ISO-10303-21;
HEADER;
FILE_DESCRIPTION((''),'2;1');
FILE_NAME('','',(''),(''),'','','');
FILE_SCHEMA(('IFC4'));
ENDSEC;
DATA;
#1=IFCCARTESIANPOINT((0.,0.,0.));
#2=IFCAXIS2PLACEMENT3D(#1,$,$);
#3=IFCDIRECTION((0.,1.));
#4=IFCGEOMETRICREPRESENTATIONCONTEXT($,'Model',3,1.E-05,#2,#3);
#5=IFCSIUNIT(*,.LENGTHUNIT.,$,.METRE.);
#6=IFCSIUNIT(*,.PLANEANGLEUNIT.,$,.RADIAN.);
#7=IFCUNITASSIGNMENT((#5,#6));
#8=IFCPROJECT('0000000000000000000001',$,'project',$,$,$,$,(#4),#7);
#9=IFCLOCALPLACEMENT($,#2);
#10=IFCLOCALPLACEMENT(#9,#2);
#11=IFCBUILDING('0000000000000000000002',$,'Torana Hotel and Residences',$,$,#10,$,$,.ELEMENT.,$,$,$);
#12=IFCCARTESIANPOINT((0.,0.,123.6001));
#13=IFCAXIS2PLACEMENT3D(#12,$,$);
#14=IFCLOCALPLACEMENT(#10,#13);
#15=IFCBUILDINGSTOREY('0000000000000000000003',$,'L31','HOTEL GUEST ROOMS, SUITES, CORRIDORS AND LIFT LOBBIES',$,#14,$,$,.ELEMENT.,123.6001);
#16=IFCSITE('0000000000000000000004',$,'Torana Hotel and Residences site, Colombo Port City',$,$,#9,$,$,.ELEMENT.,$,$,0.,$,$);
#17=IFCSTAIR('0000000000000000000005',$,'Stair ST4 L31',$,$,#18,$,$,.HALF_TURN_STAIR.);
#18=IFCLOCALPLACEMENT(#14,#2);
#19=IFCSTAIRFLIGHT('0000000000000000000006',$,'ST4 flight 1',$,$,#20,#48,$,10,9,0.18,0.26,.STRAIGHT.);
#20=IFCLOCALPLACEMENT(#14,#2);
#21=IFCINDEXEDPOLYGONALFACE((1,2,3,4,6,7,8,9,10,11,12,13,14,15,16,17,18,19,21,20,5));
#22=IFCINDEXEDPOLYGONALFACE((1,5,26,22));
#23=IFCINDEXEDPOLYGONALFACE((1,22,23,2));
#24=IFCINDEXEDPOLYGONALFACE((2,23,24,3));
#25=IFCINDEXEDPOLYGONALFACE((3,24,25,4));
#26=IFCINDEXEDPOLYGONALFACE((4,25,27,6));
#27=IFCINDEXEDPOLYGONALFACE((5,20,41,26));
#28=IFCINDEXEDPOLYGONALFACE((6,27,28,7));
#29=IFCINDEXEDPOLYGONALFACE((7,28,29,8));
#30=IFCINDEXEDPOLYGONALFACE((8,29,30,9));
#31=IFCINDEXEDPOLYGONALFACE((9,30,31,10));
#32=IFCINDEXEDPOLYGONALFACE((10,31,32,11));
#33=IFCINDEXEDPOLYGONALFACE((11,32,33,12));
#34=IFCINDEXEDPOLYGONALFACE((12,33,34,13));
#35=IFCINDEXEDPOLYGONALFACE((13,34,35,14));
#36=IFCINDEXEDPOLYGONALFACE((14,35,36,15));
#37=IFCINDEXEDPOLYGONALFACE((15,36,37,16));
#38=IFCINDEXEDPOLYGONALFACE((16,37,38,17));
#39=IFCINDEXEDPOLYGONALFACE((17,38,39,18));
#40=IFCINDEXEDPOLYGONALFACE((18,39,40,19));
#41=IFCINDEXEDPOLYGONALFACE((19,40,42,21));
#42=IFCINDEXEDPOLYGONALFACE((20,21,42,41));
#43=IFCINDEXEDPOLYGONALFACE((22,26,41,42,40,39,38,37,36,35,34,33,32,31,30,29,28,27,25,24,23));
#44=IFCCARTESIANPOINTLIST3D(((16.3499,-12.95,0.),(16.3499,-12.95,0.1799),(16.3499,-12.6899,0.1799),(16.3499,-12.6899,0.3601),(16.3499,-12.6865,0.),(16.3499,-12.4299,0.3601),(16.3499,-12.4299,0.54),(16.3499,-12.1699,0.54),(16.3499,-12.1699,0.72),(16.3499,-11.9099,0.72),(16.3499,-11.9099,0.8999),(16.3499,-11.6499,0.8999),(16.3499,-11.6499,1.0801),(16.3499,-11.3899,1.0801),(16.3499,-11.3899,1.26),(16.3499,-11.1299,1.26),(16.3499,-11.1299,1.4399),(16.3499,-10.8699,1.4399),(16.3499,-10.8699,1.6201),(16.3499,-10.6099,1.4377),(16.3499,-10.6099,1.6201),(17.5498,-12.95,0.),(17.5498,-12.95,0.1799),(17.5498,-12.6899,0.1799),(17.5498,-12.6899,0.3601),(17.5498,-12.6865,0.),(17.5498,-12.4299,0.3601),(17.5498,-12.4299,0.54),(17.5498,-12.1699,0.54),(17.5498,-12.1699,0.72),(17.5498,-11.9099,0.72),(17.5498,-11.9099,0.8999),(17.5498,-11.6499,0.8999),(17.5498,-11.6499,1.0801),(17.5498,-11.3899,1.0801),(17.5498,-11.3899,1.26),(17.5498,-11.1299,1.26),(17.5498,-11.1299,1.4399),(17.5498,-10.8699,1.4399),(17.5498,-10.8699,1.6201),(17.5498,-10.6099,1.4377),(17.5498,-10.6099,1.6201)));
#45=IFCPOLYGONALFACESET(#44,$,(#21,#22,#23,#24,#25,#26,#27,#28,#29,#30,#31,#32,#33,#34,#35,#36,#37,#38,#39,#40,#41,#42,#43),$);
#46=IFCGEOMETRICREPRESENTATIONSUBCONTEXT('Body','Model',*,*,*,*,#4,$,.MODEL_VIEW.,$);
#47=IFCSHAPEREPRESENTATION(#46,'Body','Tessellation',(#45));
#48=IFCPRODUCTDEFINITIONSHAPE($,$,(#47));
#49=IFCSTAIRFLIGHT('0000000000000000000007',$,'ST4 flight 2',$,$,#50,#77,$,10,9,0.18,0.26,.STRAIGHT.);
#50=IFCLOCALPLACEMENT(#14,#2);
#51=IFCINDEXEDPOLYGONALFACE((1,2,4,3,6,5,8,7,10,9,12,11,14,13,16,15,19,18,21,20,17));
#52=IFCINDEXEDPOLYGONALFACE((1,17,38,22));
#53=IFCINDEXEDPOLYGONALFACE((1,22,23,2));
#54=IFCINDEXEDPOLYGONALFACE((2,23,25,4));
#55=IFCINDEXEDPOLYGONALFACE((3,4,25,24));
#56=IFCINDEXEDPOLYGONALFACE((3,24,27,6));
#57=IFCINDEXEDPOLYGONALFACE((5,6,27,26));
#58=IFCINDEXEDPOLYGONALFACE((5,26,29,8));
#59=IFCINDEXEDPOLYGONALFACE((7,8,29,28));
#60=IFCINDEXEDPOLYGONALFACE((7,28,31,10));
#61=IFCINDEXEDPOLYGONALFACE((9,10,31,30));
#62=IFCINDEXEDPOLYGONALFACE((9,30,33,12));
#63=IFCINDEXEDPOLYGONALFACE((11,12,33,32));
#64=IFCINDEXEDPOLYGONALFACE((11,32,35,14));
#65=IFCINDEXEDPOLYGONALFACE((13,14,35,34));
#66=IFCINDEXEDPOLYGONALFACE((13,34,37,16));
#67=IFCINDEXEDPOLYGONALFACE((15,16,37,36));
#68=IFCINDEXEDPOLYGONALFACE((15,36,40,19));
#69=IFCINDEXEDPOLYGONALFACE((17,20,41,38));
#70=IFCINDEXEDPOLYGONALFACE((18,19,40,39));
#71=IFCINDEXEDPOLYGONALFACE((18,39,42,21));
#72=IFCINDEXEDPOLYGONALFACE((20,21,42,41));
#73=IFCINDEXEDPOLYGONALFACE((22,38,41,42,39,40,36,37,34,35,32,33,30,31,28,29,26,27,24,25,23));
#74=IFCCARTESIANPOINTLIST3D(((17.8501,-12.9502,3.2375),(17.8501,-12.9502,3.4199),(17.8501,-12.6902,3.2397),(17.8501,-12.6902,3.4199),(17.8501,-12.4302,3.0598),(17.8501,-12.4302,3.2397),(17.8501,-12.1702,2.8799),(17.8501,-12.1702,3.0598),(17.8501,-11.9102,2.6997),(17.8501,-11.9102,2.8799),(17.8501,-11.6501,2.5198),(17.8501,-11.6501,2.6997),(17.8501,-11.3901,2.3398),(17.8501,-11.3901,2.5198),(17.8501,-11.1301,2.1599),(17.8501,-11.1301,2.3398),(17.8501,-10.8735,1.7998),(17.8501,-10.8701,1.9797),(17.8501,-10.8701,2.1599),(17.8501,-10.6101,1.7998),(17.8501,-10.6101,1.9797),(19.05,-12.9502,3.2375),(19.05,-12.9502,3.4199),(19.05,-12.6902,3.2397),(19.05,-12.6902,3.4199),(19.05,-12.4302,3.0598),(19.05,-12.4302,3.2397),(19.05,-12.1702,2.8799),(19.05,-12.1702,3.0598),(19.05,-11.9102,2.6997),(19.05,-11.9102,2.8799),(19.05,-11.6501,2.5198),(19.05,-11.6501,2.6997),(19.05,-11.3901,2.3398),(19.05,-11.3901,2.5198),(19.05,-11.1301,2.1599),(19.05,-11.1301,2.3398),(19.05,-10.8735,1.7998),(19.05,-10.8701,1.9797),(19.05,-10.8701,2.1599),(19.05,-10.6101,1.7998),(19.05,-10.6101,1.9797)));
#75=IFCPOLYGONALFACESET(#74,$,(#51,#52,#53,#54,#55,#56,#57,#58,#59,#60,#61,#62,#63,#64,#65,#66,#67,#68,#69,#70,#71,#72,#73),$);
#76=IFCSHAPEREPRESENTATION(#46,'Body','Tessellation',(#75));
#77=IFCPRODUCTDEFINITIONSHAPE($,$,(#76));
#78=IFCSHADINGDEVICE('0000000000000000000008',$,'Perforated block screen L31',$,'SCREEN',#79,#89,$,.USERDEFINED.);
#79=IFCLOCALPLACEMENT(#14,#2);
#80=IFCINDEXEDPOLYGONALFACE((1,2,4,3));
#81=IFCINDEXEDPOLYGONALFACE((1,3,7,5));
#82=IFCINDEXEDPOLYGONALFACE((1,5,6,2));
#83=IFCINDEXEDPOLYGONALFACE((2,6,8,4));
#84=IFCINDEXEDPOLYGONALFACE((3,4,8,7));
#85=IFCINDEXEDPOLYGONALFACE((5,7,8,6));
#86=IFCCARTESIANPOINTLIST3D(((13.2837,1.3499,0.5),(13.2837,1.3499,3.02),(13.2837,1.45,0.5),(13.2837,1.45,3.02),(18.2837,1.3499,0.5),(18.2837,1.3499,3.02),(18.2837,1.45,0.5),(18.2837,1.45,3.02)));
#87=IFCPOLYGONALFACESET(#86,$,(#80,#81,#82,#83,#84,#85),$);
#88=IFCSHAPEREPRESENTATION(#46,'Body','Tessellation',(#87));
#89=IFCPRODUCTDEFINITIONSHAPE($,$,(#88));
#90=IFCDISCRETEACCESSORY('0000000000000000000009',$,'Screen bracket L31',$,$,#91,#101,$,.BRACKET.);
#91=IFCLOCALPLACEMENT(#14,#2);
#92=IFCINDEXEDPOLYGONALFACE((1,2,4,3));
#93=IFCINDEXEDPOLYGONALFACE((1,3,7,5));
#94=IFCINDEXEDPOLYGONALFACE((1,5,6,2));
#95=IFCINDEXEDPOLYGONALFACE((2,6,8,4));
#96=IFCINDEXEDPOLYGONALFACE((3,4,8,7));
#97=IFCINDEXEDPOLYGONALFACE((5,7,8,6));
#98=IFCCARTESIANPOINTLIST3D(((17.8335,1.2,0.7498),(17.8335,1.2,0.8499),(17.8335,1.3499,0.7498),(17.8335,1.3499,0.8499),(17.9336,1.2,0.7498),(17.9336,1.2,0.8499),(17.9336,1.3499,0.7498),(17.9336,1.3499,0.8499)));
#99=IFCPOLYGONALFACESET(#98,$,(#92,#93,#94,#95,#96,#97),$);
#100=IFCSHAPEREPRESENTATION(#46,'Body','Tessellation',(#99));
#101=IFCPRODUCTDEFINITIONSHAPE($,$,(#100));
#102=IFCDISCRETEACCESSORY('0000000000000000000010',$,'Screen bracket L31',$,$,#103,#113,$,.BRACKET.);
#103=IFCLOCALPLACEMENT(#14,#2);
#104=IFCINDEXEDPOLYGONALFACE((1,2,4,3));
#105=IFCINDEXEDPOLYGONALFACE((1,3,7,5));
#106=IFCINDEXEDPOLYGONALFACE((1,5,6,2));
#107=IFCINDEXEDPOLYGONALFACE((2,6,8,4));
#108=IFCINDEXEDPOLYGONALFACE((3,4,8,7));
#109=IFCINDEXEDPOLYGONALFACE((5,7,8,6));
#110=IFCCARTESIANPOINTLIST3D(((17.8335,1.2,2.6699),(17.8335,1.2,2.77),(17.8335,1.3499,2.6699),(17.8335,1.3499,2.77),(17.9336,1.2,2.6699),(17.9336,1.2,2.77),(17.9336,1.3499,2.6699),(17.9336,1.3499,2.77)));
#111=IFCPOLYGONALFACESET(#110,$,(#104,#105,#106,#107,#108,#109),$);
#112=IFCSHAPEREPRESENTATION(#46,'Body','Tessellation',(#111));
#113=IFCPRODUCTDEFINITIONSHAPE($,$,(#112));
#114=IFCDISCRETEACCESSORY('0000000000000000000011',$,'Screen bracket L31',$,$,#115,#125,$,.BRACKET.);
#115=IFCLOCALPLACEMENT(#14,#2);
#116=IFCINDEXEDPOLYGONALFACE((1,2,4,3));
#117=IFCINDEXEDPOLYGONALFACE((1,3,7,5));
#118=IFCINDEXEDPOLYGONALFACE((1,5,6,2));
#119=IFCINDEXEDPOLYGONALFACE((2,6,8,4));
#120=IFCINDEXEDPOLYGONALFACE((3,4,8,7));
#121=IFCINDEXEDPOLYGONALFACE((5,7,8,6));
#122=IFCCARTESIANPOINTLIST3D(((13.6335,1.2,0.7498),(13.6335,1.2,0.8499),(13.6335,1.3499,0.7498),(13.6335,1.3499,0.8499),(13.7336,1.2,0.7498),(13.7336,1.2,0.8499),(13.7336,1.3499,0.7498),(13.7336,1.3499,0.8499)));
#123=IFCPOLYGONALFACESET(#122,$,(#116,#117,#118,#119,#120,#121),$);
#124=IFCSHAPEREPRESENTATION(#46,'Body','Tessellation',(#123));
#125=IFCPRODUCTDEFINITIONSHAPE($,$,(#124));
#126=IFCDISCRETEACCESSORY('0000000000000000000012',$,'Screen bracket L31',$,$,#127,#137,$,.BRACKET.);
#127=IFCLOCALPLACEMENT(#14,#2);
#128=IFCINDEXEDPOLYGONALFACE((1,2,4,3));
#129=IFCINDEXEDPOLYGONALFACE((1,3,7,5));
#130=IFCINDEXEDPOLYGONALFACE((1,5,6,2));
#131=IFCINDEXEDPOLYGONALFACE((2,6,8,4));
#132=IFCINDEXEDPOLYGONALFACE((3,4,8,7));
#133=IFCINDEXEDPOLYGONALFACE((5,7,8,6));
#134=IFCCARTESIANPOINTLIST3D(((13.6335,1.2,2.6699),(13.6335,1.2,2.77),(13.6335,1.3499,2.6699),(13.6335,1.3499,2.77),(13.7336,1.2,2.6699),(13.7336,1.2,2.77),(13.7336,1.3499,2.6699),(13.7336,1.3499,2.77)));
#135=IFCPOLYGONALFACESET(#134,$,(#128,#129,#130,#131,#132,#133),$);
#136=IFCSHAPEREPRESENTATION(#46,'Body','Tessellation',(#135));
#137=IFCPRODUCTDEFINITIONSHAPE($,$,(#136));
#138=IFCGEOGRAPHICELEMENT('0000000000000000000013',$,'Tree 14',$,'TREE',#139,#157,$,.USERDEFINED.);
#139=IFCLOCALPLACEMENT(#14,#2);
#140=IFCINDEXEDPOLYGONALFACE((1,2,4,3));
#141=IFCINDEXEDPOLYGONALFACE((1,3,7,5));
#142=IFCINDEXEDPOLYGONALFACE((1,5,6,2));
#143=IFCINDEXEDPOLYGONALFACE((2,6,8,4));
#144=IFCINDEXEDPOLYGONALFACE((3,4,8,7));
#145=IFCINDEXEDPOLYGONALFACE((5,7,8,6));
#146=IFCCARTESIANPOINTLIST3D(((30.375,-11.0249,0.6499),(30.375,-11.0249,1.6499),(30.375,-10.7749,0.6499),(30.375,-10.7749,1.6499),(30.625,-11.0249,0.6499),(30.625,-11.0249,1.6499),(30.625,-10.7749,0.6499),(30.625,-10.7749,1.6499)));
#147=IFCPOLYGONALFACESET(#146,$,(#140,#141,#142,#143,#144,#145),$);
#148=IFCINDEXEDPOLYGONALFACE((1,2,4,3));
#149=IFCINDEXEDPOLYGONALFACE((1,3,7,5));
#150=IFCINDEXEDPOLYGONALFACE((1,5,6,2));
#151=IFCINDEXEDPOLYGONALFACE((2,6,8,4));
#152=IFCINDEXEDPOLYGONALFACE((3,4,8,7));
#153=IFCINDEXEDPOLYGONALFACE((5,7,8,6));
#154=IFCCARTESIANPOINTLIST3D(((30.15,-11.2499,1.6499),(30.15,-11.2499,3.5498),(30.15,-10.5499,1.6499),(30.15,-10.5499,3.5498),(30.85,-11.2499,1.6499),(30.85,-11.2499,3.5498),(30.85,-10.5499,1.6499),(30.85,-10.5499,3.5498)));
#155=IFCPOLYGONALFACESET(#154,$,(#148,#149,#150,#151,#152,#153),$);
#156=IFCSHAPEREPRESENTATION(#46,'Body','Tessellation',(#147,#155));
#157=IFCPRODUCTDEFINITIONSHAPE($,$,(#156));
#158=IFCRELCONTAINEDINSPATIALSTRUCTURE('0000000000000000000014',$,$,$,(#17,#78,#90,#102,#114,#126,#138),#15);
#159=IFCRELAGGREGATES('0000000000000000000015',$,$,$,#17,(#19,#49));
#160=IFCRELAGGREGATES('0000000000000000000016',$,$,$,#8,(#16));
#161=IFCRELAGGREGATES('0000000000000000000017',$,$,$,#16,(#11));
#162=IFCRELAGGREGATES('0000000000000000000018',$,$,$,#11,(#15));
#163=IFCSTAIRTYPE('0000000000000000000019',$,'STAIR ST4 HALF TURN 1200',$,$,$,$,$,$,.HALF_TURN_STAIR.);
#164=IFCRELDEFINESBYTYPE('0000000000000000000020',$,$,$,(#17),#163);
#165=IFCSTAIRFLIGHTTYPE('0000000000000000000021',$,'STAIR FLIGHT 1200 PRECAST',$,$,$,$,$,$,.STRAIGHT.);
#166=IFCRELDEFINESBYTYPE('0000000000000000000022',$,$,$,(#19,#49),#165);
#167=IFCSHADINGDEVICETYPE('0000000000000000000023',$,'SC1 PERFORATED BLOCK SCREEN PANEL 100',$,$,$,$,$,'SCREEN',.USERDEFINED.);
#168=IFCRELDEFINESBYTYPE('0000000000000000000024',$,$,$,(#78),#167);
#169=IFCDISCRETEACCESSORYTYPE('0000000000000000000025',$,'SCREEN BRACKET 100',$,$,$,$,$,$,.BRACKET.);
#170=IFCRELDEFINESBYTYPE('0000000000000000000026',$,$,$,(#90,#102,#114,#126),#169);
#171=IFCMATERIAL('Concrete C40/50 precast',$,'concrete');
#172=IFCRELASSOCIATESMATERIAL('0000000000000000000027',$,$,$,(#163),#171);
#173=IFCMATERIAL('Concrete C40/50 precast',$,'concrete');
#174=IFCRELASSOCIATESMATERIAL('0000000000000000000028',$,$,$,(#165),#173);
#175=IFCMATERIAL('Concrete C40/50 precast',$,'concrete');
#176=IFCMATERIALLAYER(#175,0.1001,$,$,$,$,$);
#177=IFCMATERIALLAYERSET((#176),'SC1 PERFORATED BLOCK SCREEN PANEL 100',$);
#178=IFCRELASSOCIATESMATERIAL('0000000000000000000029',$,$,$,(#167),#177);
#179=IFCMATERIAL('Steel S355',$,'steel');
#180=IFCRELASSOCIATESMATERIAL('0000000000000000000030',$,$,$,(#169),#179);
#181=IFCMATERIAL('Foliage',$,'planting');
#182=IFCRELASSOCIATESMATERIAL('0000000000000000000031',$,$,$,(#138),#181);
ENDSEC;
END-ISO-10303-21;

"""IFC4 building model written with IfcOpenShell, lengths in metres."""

from ifc_helpers import new_model, si_unit, direction, frame, origin, origin_2d, place, context, subcontext, project, spatial, polyline, rectangle, outline, extrude, material, layer, layer_set, type_object, element, aggregate, save


model = new_model("IFC4")

# Units and contexts
model_context = context("Model", 3, precision=1e-05, world=origin(), true_north=direction((0.0, 1.0)))
body_context = subcontext(model_context, "Body", "Model", "MODEL_VIEW")
ifc_project = project(units=[si_unit("LENGTHUNIT", "METRE"), si_unit("PLANEANGLEUNIT", "RADIAN")], contexts=[model_context])

# Site, building, storey
site_placement = place(None, origin())
site = spatial("IfcSite", under=ifc_project, at=site_placement, Name="Torana Hotel and Residences site, Colombo Port City", CompositionType="ELEMENT", RefElevation=0.0)
building_placement = place(site_placement, origin())
building = spatial("IfcBuilding", under=site, at=building_placement, Name="Torana Hotel and Residences", CompositionType="ELEMENT")
storey_placement = place(building_placement, frame((0.0, 0.0, 123.6001)))
storey = spatial("IfcBuildingStorey", under=building, at=storey_placement, Name="L31", Description="HOTEL GUEST ROOMS, SUITES, CORRIDORS AND LIFT LOBBIES", CompositionType="ELEMENT", Elevation=123.6001)

# Stair, stair flights
ifc_material_1 = material(Name="Concrete C40/50 precast", Category="concrete")
stair_type = type_object("IfcStairType", Name="STAIR ST4 HALF TURN 1200", PredefinedType="HALF_TURN_STAIR", material=ifc_material_1)
stair_placement = place(storey_placement, origin())
stair = element("IfcStair", 1, at=stair_placement, inside=storey, type_object=stair_type, Name="Stair ST4 L31", PredefinedType="HALF_TURN_STAIR")
ifc_material_2 = material(Name="Concrete C40/50 precast", Category="concrete")
stair_flight_type = type_object("IfcStairFlightType", Name="STAIR FLIGHT 1200 PRECAST", PredefinedType="STRAIGHT", material=ifc_material_2)
stair_flight_1_placement = place(storey_placement, frame((16.95, -12.95, 0.0), z_axis=(0.0, 0.0, 1.0), x_axis=(0.0, 1.0, 0.0)))
stair_flight_1 = element("IfcStairFlight", 2, at=stair_flight_1_placement, type_object=stair_flight_type, Name="ST4 flight 1", NumberOfRisers=10, NumberOfTreads=9, PredefinedType="STRAIGHT", RiserHeight=0.18, TreadLength=0.26, context=body_context, shape_type="SweptSolid", body=[
    extrude(outline(polyline([(0.0, 0.0), (0.0, 0.1799), (0.26, 0.1799), (0.26, 0.3601), (0.52, 0.3601), (0.52, 0.54), (0.78, 0.54), (0.78, 0.72), (1.04, 0.72), (1.04, 0.8999), (1.3, 0.8999), (1.3, 1.0801), (1.5601, 1.0801), (1.5601, 1.26), (1.8201, 1.26), (1.8201, 1.4399), (2.0801, 1.4399), (2.0801, 1.6201), (2.3401, 1.6201), (2.3401, 1.8), (2.3401, 1.4377), (0.2634, 0.0), (0.0, 0.0)])), frame((0.0, 0.6001, 0.0), z_axis=(0.0, -1.0, 0.0), x_axis=(1.0, 0.0, 0.0)), (0.0, 0.0, 1.0), 1.2),
])
stair_flight_2_placement = place(storey_placement, frame((18.45, -10.6101, 1.7998), z_axis=(0.0, 0.0, 1.0), x_axis=(0.0, -1.0, 0.0)))
stair_flight_2 = element("IfcStairFlight", 3, at=stair_flight_2_placement, type_object=stair_flight_type, Name="ST4 flight 2", NumberOfRisers=10, NumberOfTreads=9, PredefinedType="STRAIGHT", RiserHeight=0.18, TreadLength=0.26, context=body_context, shape_type="SweptSolid", body=[
    extrude(outline(polyline([(0.0, 0.0), (0.0, 0.1799), (0.26, 0.1799), (0.26, 0.3601), (0.52, 0.3601), (0.52, 0.54), (0.78, 0.54), (0.78, 0.72), (1.04, 0.72), (1.04, 0.8999), (1.3, 0.8999), (1.3, 1.0801), (1.5601, 1.0801), (1.5601, 1.26), (1.8201, 1.26), (1.8201, 1.4399), (2.0801, 1.4399), (2.0801, 1.6201), (2.3401, 1.6201), (2.3401, 1.8), (2.3401, 1.4377), (0.2634, 0.0), (0.0, 0.0)])), frame((0.0, 0.6001, 0.0), z_axis=(0.0, -1.0, 0.0), x_axis=(1.0, 0.0, 0.0)), (0.0, 0.0, 1.0), 1.2),
])
aggregate(stair, [stair_flight_1, stair_flight_2])

# Shading device
ifc_material_3 = material(Name="Concrete C40/50 precast", Category="concrete")
ifc_layer_1 = layer(ifc_material_3, 0.1001)
ifc_layer_set_1 = layer_set([ifc_layer_1], Name="SC1 PERFORATED BLOCK SCREEN PANEL 100")
shading_device_type = type_object("IfcShadingDeviceType", Name="SC1 PERFORATED BLOCK SCREEN PANEL 100", ElementType="SCREEN", PredefinedType="USERDEFINED", material=ifc_layer_set_1)
shading_device_placement = place(storey_placement, frame((15.7837, 1.3999, 0.5), z_axis=(0.0, 0.0, 1.0), x_axis=(-1.0, 0.0, 0.0)))
element("IfcShadingDevice", 4, at=shading_device_placement, inside=storey, type_object=shading_device_type, Name="Perforated block screen L31", ObjectType="SCREEN", PredefinedType="USERDEFINED", context=body_context, shape_type="SweptSolid", body=[
    extrude(rectangle(XDim=5.0, YDim=0.1001, at=origin_2d()), origin(), (0.0, 0.0, 1.0), 2.52),
])

# Discrete accessories
ifc_material_4 = material(Name="Steel S355", Category="steel")
discrete_accessory_type = type_object("IfcDiscreteAccessoryType", Name="SCREEN BRACKET 100", PredefinedType="BRACKET", material=ifc_material_4)
for number, where, z_axis, x_axis, name in (
    (5, (17.8835, 1.2749, 0.7498), (0.0, 0.0, 1.0), (-1.0, 0.0, 0.0), "Screen bracket L31"),
    (6, (17.8835, 1.2749, 2.6699), (0.0, 0.0, 1.0), (-1.0, 0.0, 0.0), "Screen bracket L31"),
    (7, (13.6836, 1.2749, 0.7498), (0.0, 0.0, 1.0), (-1.0, 0.0, 0.0), "Screen bracket L31"),
    (8, (13.6836, 1.2749, 2.6699), (0.0, 0.0, 1.0), (-1.0, 0.0, 0.0), "Screen bracket L31"),
):
    element("IfcDiscreteAccessory", number, at=place(storey_placement, frame(where, z_axis=z_axis, x_axis=x_axis)), inside=storey, type_object=discrete_accessory_type, Name=name, PredefinedType="BRACKET", context=body_context, shape_type="SweptSolid", body=[
        extrude(rectangle(XDim=0.1001, YDim=0.1499, at=origin_2d()), origin(), (0.0, 0.0, 1.0), 0.1001),
    ])

# Geographic element
ifc_material_5 = material(Name="Foliage", Category="planting")
geographic_element_placement = place(storey_placement, frame((30.5, -10.8999, 0.6499), z_axis=(0.0, 0.0, 1.0), x_axis=(1.0, 0.0, 0.0)))
element("IfcGeographicElement", 9, at=geographic_element_placement, inside=storey, material=ifc_material_5, Name="Tree 14", ObjectType="TREE", PredefinedType="USERDEFINED", context=body_context, shape_type="SweptSolid", body=[
    extrude(rectangle(XDim=0.25, YDim=0.25, at=origin_2d()), origin(), (0.0, 0.0, 1.0), 1.0),
    extrude(rectangle(XDim=0.7, YDim=0.7, at=origin_2d()), frame((0.0, 0.0, 1.0)), (0.0, 0.0, 1.0), 1.8999),
])

save(model, "model.ifc")
